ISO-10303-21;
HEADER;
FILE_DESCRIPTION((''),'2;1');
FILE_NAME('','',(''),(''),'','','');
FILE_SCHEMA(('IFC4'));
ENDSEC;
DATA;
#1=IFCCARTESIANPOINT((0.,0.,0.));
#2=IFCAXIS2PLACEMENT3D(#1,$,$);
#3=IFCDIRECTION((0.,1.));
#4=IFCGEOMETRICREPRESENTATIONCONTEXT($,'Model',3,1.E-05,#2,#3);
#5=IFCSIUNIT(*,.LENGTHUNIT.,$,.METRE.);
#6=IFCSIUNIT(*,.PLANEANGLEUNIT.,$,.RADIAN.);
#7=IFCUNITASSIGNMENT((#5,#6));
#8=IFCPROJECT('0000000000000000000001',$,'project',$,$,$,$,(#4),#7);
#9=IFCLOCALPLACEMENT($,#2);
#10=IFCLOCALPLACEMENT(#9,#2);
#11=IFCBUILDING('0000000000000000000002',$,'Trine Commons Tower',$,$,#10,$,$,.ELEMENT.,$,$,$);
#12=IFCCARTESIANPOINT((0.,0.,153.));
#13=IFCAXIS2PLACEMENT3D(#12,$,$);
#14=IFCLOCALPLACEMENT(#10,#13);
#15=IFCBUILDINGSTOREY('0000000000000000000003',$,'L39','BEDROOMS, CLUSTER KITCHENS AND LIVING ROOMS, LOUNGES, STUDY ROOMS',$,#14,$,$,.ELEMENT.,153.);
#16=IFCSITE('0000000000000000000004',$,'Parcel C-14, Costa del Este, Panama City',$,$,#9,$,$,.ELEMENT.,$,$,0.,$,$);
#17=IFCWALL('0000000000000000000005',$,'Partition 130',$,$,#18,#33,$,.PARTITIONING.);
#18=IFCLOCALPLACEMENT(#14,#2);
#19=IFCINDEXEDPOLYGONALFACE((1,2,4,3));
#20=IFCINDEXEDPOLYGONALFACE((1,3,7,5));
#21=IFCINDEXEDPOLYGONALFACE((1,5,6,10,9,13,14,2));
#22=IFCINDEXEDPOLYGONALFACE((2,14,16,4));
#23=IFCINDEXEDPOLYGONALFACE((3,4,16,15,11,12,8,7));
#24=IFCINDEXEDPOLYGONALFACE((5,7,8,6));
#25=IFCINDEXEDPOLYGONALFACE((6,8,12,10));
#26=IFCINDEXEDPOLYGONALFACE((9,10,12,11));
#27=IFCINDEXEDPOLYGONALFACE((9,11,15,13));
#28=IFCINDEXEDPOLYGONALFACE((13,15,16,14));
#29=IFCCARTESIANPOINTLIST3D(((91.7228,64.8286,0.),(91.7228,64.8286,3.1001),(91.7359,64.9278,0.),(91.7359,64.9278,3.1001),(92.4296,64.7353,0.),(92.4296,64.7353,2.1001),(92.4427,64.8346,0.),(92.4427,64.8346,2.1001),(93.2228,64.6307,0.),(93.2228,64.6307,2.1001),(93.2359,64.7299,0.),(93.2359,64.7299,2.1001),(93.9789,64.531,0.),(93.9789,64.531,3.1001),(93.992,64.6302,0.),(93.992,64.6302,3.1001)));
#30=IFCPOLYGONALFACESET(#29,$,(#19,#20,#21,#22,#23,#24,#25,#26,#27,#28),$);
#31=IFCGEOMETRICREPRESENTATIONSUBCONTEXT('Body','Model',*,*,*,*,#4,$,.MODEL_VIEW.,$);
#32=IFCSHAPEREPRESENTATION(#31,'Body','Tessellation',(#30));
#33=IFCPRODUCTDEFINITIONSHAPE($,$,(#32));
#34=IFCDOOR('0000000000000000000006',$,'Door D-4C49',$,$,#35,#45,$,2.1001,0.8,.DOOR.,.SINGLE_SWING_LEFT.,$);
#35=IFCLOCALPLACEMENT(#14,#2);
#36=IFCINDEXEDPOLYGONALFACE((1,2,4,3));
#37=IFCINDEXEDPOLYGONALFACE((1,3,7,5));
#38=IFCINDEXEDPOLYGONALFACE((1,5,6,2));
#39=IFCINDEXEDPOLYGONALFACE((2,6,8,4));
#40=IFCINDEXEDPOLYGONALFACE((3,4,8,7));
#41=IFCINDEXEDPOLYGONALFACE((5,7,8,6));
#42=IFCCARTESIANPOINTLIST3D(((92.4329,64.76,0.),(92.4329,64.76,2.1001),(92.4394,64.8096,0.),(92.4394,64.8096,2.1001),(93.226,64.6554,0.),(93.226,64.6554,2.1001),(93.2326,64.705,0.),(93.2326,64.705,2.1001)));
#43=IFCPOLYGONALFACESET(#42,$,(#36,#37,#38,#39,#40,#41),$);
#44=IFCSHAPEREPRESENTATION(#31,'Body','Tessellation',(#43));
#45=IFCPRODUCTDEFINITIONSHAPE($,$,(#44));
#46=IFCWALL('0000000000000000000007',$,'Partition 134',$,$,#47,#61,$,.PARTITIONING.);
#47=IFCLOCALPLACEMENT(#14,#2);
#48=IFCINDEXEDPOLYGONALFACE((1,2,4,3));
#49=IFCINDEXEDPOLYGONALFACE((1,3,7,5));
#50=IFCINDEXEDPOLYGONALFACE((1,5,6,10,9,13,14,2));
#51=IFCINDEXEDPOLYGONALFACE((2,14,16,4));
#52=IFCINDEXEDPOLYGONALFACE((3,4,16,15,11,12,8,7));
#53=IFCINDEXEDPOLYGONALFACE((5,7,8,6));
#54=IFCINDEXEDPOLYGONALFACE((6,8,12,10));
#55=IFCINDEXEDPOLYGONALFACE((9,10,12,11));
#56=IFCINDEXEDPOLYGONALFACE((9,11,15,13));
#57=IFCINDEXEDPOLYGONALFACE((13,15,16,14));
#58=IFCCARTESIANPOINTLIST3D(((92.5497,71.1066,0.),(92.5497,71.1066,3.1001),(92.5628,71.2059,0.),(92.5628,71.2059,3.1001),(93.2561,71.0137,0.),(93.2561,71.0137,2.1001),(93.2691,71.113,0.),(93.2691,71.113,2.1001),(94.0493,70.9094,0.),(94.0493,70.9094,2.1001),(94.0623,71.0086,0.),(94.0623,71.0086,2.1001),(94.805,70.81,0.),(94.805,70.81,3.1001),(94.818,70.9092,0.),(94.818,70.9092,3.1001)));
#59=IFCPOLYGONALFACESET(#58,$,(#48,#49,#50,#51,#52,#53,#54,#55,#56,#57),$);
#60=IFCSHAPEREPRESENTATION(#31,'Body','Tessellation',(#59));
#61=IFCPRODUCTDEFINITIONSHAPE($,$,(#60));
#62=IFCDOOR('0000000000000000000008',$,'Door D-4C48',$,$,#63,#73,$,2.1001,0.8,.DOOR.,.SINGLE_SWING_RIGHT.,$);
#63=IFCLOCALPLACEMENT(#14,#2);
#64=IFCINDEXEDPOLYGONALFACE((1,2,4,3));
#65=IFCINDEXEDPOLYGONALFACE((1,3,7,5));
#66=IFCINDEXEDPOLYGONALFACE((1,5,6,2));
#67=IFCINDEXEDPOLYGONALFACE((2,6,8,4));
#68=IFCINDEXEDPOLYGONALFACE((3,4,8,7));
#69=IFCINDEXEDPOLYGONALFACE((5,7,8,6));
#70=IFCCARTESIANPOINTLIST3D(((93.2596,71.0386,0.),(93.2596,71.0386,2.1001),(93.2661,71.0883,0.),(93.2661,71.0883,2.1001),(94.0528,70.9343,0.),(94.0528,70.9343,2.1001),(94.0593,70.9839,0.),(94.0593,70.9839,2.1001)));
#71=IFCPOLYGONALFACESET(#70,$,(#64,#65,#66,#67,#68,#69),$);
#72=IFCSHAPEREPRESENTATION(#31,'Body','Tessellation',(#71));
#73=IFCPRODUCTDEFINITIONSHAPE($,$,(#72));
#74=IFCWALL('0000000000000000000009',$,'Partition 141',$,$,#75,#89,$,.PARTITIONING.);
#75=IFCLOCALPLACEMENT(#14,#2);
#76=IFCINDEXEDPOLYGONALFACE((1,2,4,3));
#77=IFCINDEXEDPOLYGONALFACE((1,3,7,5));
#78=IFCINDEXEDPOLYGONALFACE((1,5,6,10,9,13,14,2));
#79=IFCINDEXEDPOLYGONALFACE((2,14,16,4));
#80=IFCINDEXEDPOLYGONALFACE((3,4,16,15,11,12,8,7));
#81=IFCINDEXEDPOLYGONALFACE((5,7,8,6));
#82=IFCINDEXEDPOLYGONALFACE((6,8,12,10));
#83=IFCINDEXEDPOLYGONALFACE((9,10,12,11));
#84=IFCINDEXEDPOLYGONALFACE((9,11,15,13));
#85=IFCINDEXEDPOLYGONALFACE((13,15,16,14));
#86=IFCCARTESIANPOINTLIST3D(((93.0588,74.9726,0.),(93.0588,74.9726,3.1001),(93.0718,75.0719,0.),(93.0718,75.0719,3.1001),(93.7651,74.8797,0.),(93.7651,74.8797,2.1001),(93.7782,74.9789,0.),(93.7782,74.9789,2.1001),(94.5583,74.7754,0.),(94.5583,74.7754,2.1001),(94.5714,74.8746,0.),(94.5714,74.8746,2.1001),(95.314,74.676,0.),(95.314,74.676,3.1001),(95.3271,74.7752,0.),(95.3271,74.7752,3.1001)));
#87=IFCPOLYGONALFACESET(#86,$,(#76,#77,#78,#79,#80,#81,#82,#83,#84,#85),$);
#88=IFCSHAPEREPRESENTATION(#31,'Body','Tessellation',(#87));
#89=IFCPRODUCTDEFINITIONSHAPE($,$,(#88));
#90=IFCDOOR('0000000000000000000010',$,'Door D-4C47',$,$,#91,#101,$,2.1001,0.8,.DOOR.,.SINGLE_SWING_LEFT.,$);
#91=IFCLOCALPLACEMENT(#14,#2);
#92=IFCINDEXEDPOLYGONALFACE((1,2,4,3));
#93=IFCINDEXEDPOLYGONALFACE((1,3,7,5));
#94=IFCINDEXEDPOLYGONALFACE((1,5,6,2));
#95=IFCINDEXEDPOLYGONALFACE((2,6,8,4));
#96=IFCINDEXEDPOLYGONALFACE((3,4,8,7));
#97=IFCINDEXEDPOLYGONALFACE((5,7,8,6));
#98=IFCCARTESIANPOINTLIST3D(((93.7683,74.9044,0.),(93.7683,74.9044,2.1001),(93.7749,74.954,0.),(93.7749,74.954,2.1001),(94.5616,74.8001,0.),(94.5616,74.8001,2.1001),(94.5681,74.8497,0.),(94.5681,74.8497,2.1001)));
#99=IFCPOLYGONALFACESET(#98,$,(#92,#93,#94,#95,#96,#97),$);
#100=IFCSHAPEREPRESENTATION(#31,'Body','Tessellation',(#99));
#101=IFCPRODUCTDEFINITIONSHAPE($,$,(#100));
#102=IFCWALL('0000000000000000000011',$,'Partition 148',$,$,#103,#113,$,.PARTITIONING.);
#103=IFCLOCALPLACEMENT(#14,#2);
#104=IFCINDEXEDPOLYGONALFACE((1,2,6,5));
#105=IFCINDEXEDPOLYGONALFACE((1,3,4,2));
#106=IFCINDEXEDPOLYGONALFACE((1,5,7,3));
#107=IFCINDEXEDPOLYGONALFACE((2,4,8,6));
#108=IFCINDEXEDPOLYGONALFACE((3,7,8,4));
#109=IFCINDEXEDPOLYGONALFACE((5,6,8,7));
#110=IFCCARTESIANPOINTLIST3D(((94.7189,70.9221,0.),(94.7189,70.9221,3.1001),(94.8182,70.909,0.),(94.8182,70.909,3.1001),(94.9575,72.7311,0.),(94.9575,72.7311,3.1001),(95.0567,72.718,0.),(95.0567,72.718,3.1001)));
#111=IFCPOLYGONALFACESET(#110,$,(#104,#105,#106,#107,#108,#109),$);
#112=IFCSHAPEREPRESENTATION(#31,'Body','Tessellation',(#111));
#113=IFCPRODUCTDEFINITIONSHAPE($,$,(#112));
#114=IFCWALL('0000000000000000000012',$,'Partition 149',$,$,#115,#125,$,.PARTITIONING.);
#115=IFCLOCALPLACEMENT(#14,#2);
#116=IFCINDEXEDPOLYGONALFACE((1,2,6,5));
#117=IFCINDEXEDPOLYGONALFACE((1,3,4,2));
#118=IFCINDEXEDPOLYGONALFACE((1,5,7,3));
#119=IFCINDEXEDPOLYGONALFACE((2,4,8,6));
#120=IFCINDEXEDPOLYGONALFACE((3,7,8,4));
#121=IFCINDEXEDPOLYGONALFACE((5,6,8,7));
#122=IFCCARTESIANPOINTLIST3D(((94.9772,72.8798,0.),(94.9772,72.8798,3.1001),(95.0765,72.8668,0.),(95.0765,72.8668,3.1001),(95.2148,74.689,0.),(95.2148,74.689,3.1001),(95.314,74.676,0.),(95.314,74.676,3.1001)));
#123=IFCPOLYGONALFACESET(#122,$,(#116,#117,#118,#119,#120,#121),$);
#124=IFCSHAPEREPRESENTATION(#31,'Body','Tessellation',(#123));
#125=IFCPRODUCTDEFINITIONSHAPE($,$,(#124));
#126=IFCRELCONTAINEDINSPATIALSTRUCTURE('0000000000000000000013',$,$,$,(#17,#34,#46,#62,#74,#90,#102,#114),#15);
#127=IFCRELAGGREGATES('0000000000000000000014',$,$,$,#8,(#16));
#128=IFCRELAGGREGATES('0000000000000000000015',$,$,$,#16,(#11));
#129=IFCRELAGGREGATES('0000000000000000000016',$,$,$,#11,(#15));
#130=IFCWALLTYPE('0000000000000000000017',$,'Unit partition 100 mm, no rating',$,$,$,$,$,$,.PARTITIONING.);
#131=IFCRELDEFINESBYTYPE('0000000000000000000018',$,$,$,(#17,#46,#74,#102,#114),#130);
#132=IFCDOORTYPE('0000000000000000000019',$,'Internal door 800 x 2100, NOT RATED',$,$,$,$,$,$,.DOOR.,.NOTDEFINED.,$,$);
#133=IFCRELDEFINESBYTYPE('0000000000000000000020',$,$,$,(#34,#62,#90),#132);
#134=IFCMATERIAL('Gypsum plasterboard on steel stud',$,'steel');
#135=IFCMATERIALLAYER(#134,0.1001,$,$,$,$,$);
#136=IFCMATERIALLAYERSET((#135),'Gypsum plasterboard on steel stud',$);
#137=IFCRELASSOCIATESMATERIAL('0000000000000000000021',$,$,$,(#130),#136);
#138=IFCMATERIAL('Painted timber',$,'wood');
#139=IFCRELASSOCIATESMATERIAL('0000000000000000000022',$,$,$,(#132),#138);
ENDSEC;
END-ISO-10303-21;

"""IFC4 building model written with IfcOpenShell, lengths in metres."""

from ifc_helpers import new_model, si_unit, direction, frame, frame_2d, origin, place, context, subcontext, project, spatial, rectangle, extrude, material, layer, layer_set, type_object, element, fill, save


model = new_model("IFC4")

# Units and contexts
model_context = context("Model", 3, precision=1e-05, world=origin(), true_north=direction((0.0, 1.0)))
body_context = subcontext(model_context, "Body", "Model", "MODEL_VIEW")
ifc_project = project(units=[si_unit("LENGTHUNIT", "METRE"), si_unit("PLANEANGLEUNIT", "RADIAN")], contexts=[model_context])

# Site, building, storey
site_placement = place(None, origin())
site = spatial("IfcSite", under=ifc_project, at=site_placement, Name="Parcel C-14, Costa del Este, Panama City", CompositionType="ELEMENT", RefElevation=0.0)
building_placement = place(site_placement, origin())
building = spatial("IfcBuilding", under=site, at=building_placement, Name="Trine Commons Tower", CompositionType="ELEMENT")
storey_placement = place(building_placement, frame((0.0, 0.0, 153.0)))
storey = spatial("IfcBuildingStorey", under=building, at=storey_placement, Name="L39", Description="BEDROOMS, CLUSTER KITCHENS AND LIVING ROOMS, LOUNGES, STUDY ROOMS", CompositionType="ELEMENT", Elevation=153.0)

# Shared definitions
ifc_material_1 = material(Name="Gypsum plasterboard on steel stud", Category="steel")

# Walls, openings, doors
ifc_layer_1 = layer(ifc_material_1, 0.1001)
ifc_layer_set_1 = layer_set([ifc_layer_1], Name="Gypsum plasterboard on steel stud")
wall_type_1 = type_object("IfcWallType", Name="Unit partition 100 mm, no rating", PredefinedType="PARTITIONING", material=ifc_layer_set_1)
wall_1_placement = place(storey_placement, frame((91.7295, 64.8782, 0.0), z_axis=(0.0, 0.0, 1.0), x_axis=(0.991412, -0.130779, 0.0)))
wall_1 = element("IfcWall", 1, at=wall_1_placement, inside=storey, type_object=wall_type_1, Name="Partition 130", PredefinedType="PARTITIONING", context=body_context, shape_type="SweptSolid", body=[
    extrude(rectangle(XDim=2.2756, YDim=0.1001, at=frame_2d((1.1377, 0.0))), origin(), (0.0, 0.0, 1.0), 3.1001),
])
opening_1_placement = place(wall_1_placement, frame((0.7129, 0.0, 0.0)))
opening_1 = element("IfcOpeningElement", 2, at=opening_1_placement, cuts=wall_1, PredefinedType="OPENING", context=body_context, shape_type="SweptSolid", body=[
    extrude(rectangle(XDim=0.8, YDim=2.1001, at=frame_2d((0.3999, 1.05))), frame((0.0, 0.0601, 0.0), z_axis=(0.0, -1.0, 0.0), x_axis=(1.0, 0.0, 0.0)), (0.0, 0.0, 1.0), 0.1201),
])
ifc_material_2 = material(Name="Painted timber", Category="wood")
door_type_1 = type_object("IfcDoorType", Name="Internal door 800 x 2100, NOT RATED", OperationType="NOTDEFINED", PredefinedType="DOOR", material=ifc_material_2)
door_1_placement = place(opening_1_placement, origin())
door_1 = element("IfcDoor", 3, at=door_1_placement, inside=storey, type_object=door_type_1, Name="Door D-4C49", OperationType="SINGLE_SWING_LEFT", OverallHeight=2.1001, OverallWidth=0.8, PredefinedType="DOOR", context=body_context, shape_type="SweptSolid", body=[
    extrude(rectangle(XDim=0.8, YDim=2.1001, at=frame_2d((0.3999, 1.05))), frame((0.0, 0.0249, 0.0), z_axis=(0.0, -1.0, 0.0), x_axis=(1.0, 0.0, 0.0)), (0.0, 0.0, 1.0), 0.05),
])
fill(opening_1, door_1)
wall_2_placement = place(storey_placement, frame((92.5564, 71.1562, 0.0), z_axis=(0.0, 0.0, 1.0), x_axis=(0.99146, -0.130413, 0.0)))
wall_2 = element("IfcWall", 4, at=wall_2_placement, inside=storey, type_object=wall_type_1, Name="Partition 134", PredefinedType="PARTITIONING", context=body_context, shape_type="SweptSolid", body=[
    extrude(rectangle(XDim=2.2747, YDim=0.1001, at=frame_2d((1.1372, 0.0))), origin(), (0.0, 0.0, 1.0), 3.1001),
])
opening_2_placement = place(wall_2_placement, frame((0.7124, 0.0, 0.0)))
opening_2 = element("IfcOpeningElement", 5, at=opening_2_placement, cuts=wall_2, PredefinedType="OPENING", context=body_context, shape_type="SweptSolid", body=[
    extrude(rectangle(XDim=0.8, YDim=2.1001, at=frame_2d((0.3999, 1.05))), frame((0.0, 0.0601, 0.0), z_axis=(0.0, -1.0, 0.0), x_axis=(1.0, 0.0, 0.0)), (0.0, 0.0, 1.0), 0.1201),
])
door_2_placement = place(opening_2_placement, frame((0.8, 0.0, 0.0), z_axis=(0.0, 0.0, 1.0), x_axis=(-1.0, 0.0, 0.0)))
door_2 = element("IfcDoor", 6, at=door_2_placement, inside=storey, type_object=door_type_1, Name="Door D-4C48", OperationType="SINGLE_SWING_RIGHT", OverallHeight=2.1001, OverallWidth=0.8, PredefinedType="DOOR", context=body_context, shape_type="SweptSolid", body=[
    extrude(rectangle(XDim=0.8, YDim=2.1001, at=frame_2d((0.3999, 1.05))), frame((0.0, 0.0249, 0.0), z_axis=(0.0, -1.0, 0.0), x_axis=(1.0, 0.0, 0.0)), (0.0, 0.0, 1.0), 0.05),
])
fill(opening_2, door_2)
wall_3_placement = place(storey_placement, frame((93.0654, 75.0222, 0.0), z_axis=(0.0, 0.0, 1.0), x_axis=(0.99146, -0.130413, 0.0)))
wall_3 = element("IfcWall", 7, at=wall_3_placement, inside=storey, type_object=wall_type_1, Name="Partition 141", PredefinedType="PARTITIONING", context=body_context, shape_type="SweptSolid", body=[
    extrude(rectangle(XDim=2.2747, YDim=0.1001, at=frame_2d((1.1372, 0.0))), origin(), (0.0, 0.0, 1.0), 3.1001),
])
opening_3_placement = place(wall_3_placement, frame((0.7124, 0.0, 0.0)))
opening_3 = element("IfcOpeningElement", 8, at=opening_3_placement, cuts=wall_3, PredefinedType="OPENING", context=body_context, shape_type="SweptSolid", body=[
    extrude(rectangle(XDim=0.8, YDim=2.1001, at=frame_2d((0.3999, 1.05))), frame((0.0, 0.0601, 0.0), z_axis=(0.0, -1.0, 0.0), x_axis=(1.0, 0.0, 0.0)), (0.0, 0.0, 1.0), 0.1201),
])
door_3_placement = place(opening_3_placement, origin())
door_3 = element("IfcDoor", 9, at=door_3_placement, inside=storey, type_object=door_type_1, Name="Door D-4C47", OperationType="SINGLE_SWING_LEFT", OverallHeight=2.1001, OverallWidth=0.8, PredefinedType="DOOR", context=body_context, shape_type="SweptSolid", body=[
    extrude(rectangle(XDim=0.8, YDim=2.1001, at=frame_2d((0.3999, 1.05))), frame((0.0, 0.0249, 0.0), z_axis=(0.0, -1.0, 0.0), x_axis=(1.0, 0.0, 0.0)), (0.0, 0.0, 1.0), 0.05),
])
fill(opening_3, door_3)

# Walls
for number, where, z_axis, x_axis, name in (
    (10, (94.7686, 70.9155, 0.0), (0.0, 0.0, 1.0), (0.130718, 0.99142, 0.0), "Partition 148"),
    (11, (95.0269, 72.8733, 0.0), (0.0, 0.0, 1.0), (0.130191, 0.991489, 0.0), "Partition 149"),
):
    element("IfcWall", number, at=place(storey_placement, frame(where, z_axis=z_axis, x_axis=x_axis)), inside=storey, type_object=wall_type_1, Name=name, PredefinedType="PARTITIONING", context=body_context, shape_type="SweptSolid", body=[
        extrude(rectangle(XDim=1.8247, YDim=0.1001, at=frame_2d((0.9124, 0.0))), origin(), (0.0, 0.0, 1.0), 3.1001),
    ])

save(model, "model.ifc")
